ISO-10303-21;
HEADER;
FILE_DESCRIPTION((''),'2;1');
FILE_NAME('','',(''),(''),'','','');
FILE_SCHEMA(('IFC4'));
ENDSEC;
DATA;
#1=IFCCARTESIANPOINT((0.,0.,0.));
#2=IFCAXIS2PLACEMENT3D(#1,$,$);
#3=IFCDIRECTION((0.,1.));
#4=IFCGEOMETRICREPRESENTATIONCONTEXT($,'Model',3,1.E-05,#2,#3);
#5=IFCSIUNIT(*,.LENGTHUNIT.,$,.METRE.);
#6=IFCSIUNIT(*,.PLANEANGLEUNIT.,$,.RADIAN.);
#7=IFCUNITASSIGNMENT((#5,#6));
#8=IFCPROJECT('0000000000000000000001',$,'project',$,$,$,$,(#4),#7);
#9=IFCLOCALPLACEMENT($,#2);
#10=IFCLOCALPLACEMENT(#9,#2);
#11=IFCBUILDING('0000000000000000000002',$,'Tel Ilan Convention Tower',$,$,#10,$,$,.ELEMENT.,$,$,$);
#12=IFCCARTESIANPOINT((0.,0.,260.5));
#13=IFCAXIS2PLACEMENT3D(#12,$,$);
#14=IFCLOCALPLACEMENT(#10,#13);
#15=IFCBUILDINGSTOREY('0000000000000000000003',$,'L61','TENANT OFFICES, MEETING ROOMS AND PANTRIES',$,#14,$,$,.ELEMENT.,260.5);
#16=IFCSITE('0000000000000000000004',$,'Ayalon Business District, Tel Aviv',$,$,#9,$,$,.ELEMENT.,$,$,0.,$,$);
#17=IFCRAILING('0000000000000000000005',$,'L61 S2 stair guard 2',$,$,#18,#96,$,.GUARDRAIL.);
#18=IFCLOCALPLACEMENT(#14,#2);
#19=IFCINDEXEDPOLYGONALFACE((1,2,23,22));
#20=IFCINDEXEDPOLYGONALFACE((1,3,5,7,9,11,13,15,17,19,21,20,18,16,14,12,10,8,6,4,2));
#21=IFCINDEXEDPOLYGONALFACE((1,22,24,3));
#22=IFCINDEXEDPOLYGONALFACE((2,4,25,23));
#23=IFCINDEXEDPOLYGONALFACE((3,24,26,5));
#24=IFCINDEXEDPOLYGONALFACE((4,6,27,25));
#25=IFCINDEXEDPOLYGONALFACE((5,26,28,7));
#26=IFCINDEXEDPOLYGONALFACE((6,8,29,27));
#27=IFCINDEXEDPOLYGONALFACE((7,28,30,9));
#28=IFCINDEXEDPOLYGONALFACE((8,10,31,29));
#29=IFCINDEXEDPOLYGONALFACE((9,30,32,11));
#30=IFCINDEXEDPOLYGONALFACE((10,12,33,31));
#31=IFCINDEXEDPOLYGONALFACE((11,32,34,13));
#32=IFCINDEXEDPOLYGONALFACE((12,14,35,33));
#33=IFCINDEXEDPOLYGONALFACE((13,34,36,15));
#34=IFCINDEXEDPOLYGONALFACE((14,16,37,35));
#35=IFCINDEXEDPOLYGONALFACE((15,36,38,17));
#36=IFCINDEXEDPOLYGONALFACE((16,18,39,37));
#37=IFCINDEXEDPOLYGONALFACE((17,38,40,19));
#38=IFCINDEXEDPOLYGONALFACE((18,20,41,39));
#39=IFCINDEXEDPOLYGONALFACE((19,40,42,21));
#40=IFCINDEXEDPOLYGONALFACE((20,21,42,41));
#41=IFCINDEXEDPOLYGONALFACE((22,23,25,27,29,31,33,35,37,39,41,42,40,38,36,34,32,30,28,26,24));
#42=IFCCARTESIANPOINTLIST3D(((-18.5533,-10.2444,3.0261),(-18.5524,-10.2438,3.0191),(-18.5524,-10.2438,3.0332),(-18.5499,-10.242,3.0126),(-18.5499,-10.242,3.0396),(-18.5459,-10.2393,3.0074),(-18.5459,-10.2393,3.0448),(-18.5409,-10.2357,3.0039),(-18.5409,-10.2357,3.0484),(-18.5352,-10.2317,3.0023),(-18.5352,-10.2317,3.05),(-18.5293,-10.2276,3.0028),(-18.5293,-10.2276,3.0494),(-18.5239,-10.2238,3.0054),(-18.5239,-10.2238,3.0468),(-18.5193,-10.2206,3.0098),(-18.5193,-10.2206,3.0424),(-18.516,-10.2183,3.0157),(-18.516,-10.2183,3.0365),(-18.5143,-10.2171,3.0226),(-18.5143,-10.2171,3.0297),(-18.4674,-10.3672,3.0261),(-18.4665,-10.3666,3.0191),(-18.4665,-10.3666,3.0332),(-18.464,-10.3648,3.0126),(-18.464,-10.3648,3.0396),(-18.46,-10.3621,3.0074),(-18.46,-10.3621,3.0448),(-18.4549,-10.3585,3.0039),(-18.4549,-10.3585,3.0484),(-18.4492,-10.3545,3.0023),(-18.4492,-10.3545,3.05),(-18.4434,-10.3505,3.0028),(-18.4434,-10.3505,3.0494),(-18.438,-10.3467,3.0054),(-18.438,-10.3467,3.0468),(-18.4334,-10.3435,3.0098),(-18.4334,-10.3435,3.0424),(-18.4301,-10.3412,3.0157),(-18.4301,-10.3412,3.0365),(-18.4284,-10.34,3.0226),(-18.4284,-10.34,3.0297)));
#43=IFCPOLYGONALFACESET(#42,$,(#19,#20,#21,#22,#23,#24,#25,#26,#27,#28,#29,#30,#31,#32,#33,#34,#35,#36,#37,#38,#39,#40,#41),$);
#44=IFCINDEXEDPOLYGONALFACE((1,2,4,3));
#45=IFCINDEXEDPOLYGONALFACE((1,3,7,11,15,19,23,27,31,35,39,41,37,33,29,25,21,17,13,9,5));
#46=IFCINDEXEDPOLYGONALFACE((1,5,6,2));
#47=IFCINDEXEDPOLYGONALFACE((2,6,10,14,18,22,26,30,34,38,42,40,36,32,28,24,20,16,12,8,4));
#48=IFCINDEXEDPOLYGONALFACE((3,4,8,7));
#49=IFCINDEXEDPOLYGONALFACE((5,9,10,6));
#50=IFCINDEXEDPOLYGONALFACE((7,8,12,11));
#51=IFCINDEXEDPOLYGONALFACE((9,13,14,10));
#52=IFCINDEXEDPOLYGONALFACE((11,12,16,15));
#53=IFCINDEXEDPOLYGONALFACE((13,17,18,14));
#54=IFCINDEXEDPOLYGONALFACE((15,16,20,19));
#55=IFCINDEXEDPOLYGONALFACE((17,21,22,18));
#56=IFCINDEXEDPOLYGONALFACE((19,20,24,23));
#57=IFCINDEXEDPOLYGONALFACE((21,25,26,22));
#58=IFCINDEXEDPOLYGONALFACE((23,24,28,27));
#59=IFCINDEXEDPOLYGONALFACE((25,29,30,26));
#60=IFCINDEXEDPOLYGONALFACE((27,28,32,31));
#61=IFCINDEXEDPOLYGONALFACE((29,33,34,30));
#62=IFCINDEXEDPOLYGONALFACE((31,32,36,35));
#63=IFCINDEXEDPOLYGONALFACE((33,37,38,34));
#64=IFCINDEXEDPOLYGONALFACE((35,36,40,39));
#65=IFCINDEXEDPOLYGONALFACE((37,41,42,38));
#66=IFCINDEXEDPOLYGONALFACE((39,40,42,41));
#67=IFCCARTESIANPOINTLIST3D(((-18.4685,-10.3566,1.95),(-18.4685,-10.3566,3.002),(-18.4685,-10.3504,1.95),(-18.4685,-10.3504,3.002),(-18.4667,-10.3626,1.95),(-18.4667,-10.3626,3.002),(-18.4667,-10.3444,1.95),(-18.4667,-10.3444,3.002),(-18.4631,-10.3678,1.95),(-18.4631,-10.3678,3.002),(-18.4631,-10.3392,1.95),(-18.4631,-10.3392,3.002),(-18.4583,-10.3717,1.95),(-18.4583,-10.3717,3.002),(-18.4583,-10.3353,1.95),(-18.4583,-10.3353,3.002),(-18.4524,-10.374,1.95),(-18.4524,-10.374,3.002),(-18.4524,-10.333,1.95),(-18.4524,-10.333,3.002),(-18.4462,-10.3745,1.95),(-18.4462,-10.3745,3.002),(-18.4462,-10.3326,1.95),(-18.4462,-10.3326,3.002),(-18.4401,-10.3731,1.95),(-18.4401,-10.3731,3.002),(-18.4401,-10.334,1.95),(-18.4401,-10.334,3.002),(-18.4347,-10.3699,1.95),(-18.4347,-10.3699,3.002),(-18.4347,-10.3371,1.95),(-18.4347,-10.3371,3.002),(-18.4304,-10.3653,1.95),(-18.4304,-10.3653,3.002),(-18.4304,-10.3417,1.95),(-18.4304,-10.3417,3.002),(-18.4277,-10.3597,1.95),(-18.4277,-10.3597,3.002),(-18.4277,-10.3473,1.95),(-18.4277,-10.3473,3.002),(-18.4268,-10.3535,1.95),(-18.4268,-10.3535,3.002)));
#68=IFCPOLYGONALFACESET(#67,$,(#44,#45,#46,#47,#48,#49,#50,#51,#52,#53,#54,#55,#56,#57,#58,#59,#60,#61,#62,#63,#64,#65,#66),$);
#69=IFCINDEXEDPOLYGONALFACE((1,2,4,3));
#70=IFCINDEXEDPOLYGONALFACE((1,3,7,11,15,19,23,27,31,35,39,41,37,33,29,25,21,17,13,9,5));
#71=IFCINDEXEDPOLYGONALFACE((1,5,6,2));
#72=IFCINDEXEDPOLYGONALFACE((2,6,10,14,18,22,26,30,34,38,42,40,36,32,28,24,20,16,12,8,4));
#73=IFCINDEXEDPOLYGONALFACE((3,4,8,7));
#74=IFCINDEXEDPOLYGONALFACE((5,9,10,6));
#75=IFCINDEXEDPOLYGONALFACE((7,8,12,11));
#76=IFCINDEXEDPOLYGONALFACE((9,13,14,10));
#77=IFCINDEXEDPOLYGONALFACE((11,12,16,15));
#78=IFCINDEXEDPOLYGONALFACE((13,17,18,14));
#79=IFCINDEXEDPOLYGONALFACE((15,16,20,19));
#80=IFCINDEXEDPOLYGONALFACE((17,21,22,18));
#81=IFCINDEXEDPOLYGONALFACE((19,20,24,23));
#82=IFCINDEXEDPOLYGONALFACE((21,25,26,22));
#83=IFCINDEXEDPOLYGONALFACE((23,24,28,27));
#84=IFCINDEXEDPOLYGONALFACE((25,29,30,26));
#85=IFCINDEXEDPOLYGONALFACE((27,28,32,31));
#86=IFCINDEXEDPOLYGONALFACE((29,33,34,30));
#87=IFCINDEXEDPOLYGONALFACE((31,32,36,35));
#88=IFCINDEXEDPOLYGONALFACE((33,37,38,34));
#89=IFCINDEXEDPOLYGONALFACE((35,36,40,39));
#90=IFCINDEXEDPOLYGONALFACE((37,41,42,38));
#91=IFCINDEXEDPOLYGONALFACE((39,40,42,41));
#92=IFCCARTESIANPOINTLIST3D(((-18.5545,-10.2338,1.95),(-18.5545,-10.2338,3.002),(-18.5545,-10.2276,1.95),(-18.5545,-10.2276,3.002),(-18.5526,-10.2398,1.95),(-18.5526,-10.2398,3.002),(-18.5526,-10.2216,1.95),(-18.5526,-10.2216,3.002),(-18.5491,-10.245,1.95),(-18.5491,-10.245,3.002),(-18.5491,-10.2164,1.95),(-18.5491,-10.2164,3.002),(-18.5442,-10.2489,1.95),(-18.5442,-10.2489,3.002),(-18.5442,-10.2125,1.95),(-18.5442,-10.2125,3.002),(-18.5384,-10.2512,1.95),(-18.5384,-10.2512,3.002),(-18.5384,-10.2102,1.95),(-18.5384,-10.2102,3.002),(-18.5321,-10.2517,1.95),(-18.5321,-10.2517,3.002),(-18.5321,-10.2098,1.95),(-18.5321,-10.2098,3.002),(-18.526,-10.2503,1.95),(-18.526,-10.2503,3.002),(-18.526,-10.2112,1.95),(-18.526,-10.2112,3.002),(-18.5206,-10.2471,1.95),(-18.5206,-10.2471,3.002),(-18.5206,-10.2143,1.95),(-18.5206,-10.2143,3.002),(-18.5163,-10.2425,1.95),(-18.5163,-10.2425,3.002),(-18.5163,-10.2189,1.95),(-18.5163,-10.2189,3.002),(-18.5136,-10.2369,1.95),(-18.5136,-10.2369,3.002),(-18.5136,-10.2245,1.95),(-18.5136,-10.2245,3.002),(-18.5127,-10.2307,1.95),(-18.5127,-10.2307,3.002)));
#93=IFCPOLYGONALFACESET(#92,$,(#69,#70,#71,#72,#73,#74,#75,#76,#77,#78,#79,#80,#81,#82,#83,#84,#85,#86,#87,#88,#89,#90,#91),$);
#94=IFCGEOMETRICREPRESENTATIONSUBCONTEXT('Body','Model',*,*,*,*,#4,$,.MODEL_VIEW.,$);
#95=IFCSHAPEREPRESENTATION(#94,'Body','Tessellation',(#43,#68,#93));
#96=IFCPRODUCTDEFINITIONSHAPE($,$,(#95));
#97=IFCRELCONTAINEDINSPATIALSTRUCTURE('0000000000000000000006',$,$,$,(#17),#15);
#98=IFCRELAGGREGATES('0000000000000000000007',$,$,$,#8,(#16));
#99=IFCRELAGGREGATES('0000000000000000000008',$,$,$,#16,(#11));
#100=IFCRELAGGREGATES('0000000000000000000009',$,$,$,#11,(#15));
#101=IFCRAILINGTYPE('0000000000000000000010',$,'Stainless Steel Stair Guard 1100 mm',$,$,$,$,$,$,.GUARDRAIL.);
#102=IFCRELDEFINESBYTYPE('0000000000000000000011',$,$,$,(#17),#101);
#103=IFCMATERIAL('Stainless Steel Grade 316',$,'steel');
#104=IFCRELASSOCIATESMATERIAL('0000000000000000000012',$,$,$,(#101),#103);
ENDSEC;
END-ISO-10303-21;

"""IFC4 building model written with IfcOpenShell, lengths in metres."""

from ifc_helpers import new_model, si_unit, direction, frame, origin, origin_2d, place, context, subcontext, project, spatial, circle, extrude, material, type_object, element, save


model = new_model("IFC4")

# Units and contexts
model_context = context("Model", 3, precision=1e-05, world=origin(), true_north=direction((0.0, 1.0)))
body_context = subcontext(model_context, "Body", "Model", "MODEL_VIEW")
ifc_project = project(units=[si_unit("LENGTHUNIT", "METRE"), si_unit("PLANEANGLEUNIT", "RADIAN")], contexts=[model_context])

# Site, building, storey
site_placement = place(None, origin())
site = spatial("IfcSite", under=ifc_project, at=site_placement, Name="Ayalon Business District, Tel Aviv", CompositionType="ELEMENT", RefElevation=0.0)
building_placement = place(site_placement, origin())
building = spatial("IfcBuilding", under=site, at=building_placement, Name="Tel Ilan Convention Tower", CompositionType="ELEMENT")
storey_placement = place(building_placement, frame((0.0, 0.0, 260.5)))
storey = spatial("IfcBuildingStorey", under=building, at=storey_placement, Name="L61", Description="TENANT OFFICES, MEETING ROOMS AND PANTRIES", CompositionType="ELEMENT", Elevation=260.5)

# Railing
ifc_material_1 = material(Name="Stainless Steel Grade 316", Category="steel")
railing_type_1 = type_object("IfcRailingType", Name="Stainless Steel Stair Guard 1100 mm", PredefinedType="GUARDRAIL", material=ifc_material_1)
railing_1_placement = place(storey_placement, frame((-18.4478, -10.3535, 1.95)))
element("IfcRailing", 1, at=railing_1_placement, inside=storey, type_object=railing_type_1, Name="L61 S2 stair guard 2", PredefinedType="GUARDRAIL", context=body_context, shape_type="SweptSolid", body=[
    extrude(circle(Radius=0.0239, at=origin_2d()), frame((0.0, 0.0, 1.0762), z_axis=(-0.573353, 0.819308, 0.0), x_axis=(-0.819308, -0.573353, 0.0)), (0.0, 0.0, 1.0), 0.1499),
    extrude(circle(Radius=0.021, at=origin_2d()), origin(), (0.0, 0.0, 1.0), 1.052),
    extrude(circle(Radius=0.021, at=origin_2d()), frame((-0.0859, 0.1228, 0.0)), (0.0, 0.0, 1.0), 1.052),
])

save(model, "model.ifc")
